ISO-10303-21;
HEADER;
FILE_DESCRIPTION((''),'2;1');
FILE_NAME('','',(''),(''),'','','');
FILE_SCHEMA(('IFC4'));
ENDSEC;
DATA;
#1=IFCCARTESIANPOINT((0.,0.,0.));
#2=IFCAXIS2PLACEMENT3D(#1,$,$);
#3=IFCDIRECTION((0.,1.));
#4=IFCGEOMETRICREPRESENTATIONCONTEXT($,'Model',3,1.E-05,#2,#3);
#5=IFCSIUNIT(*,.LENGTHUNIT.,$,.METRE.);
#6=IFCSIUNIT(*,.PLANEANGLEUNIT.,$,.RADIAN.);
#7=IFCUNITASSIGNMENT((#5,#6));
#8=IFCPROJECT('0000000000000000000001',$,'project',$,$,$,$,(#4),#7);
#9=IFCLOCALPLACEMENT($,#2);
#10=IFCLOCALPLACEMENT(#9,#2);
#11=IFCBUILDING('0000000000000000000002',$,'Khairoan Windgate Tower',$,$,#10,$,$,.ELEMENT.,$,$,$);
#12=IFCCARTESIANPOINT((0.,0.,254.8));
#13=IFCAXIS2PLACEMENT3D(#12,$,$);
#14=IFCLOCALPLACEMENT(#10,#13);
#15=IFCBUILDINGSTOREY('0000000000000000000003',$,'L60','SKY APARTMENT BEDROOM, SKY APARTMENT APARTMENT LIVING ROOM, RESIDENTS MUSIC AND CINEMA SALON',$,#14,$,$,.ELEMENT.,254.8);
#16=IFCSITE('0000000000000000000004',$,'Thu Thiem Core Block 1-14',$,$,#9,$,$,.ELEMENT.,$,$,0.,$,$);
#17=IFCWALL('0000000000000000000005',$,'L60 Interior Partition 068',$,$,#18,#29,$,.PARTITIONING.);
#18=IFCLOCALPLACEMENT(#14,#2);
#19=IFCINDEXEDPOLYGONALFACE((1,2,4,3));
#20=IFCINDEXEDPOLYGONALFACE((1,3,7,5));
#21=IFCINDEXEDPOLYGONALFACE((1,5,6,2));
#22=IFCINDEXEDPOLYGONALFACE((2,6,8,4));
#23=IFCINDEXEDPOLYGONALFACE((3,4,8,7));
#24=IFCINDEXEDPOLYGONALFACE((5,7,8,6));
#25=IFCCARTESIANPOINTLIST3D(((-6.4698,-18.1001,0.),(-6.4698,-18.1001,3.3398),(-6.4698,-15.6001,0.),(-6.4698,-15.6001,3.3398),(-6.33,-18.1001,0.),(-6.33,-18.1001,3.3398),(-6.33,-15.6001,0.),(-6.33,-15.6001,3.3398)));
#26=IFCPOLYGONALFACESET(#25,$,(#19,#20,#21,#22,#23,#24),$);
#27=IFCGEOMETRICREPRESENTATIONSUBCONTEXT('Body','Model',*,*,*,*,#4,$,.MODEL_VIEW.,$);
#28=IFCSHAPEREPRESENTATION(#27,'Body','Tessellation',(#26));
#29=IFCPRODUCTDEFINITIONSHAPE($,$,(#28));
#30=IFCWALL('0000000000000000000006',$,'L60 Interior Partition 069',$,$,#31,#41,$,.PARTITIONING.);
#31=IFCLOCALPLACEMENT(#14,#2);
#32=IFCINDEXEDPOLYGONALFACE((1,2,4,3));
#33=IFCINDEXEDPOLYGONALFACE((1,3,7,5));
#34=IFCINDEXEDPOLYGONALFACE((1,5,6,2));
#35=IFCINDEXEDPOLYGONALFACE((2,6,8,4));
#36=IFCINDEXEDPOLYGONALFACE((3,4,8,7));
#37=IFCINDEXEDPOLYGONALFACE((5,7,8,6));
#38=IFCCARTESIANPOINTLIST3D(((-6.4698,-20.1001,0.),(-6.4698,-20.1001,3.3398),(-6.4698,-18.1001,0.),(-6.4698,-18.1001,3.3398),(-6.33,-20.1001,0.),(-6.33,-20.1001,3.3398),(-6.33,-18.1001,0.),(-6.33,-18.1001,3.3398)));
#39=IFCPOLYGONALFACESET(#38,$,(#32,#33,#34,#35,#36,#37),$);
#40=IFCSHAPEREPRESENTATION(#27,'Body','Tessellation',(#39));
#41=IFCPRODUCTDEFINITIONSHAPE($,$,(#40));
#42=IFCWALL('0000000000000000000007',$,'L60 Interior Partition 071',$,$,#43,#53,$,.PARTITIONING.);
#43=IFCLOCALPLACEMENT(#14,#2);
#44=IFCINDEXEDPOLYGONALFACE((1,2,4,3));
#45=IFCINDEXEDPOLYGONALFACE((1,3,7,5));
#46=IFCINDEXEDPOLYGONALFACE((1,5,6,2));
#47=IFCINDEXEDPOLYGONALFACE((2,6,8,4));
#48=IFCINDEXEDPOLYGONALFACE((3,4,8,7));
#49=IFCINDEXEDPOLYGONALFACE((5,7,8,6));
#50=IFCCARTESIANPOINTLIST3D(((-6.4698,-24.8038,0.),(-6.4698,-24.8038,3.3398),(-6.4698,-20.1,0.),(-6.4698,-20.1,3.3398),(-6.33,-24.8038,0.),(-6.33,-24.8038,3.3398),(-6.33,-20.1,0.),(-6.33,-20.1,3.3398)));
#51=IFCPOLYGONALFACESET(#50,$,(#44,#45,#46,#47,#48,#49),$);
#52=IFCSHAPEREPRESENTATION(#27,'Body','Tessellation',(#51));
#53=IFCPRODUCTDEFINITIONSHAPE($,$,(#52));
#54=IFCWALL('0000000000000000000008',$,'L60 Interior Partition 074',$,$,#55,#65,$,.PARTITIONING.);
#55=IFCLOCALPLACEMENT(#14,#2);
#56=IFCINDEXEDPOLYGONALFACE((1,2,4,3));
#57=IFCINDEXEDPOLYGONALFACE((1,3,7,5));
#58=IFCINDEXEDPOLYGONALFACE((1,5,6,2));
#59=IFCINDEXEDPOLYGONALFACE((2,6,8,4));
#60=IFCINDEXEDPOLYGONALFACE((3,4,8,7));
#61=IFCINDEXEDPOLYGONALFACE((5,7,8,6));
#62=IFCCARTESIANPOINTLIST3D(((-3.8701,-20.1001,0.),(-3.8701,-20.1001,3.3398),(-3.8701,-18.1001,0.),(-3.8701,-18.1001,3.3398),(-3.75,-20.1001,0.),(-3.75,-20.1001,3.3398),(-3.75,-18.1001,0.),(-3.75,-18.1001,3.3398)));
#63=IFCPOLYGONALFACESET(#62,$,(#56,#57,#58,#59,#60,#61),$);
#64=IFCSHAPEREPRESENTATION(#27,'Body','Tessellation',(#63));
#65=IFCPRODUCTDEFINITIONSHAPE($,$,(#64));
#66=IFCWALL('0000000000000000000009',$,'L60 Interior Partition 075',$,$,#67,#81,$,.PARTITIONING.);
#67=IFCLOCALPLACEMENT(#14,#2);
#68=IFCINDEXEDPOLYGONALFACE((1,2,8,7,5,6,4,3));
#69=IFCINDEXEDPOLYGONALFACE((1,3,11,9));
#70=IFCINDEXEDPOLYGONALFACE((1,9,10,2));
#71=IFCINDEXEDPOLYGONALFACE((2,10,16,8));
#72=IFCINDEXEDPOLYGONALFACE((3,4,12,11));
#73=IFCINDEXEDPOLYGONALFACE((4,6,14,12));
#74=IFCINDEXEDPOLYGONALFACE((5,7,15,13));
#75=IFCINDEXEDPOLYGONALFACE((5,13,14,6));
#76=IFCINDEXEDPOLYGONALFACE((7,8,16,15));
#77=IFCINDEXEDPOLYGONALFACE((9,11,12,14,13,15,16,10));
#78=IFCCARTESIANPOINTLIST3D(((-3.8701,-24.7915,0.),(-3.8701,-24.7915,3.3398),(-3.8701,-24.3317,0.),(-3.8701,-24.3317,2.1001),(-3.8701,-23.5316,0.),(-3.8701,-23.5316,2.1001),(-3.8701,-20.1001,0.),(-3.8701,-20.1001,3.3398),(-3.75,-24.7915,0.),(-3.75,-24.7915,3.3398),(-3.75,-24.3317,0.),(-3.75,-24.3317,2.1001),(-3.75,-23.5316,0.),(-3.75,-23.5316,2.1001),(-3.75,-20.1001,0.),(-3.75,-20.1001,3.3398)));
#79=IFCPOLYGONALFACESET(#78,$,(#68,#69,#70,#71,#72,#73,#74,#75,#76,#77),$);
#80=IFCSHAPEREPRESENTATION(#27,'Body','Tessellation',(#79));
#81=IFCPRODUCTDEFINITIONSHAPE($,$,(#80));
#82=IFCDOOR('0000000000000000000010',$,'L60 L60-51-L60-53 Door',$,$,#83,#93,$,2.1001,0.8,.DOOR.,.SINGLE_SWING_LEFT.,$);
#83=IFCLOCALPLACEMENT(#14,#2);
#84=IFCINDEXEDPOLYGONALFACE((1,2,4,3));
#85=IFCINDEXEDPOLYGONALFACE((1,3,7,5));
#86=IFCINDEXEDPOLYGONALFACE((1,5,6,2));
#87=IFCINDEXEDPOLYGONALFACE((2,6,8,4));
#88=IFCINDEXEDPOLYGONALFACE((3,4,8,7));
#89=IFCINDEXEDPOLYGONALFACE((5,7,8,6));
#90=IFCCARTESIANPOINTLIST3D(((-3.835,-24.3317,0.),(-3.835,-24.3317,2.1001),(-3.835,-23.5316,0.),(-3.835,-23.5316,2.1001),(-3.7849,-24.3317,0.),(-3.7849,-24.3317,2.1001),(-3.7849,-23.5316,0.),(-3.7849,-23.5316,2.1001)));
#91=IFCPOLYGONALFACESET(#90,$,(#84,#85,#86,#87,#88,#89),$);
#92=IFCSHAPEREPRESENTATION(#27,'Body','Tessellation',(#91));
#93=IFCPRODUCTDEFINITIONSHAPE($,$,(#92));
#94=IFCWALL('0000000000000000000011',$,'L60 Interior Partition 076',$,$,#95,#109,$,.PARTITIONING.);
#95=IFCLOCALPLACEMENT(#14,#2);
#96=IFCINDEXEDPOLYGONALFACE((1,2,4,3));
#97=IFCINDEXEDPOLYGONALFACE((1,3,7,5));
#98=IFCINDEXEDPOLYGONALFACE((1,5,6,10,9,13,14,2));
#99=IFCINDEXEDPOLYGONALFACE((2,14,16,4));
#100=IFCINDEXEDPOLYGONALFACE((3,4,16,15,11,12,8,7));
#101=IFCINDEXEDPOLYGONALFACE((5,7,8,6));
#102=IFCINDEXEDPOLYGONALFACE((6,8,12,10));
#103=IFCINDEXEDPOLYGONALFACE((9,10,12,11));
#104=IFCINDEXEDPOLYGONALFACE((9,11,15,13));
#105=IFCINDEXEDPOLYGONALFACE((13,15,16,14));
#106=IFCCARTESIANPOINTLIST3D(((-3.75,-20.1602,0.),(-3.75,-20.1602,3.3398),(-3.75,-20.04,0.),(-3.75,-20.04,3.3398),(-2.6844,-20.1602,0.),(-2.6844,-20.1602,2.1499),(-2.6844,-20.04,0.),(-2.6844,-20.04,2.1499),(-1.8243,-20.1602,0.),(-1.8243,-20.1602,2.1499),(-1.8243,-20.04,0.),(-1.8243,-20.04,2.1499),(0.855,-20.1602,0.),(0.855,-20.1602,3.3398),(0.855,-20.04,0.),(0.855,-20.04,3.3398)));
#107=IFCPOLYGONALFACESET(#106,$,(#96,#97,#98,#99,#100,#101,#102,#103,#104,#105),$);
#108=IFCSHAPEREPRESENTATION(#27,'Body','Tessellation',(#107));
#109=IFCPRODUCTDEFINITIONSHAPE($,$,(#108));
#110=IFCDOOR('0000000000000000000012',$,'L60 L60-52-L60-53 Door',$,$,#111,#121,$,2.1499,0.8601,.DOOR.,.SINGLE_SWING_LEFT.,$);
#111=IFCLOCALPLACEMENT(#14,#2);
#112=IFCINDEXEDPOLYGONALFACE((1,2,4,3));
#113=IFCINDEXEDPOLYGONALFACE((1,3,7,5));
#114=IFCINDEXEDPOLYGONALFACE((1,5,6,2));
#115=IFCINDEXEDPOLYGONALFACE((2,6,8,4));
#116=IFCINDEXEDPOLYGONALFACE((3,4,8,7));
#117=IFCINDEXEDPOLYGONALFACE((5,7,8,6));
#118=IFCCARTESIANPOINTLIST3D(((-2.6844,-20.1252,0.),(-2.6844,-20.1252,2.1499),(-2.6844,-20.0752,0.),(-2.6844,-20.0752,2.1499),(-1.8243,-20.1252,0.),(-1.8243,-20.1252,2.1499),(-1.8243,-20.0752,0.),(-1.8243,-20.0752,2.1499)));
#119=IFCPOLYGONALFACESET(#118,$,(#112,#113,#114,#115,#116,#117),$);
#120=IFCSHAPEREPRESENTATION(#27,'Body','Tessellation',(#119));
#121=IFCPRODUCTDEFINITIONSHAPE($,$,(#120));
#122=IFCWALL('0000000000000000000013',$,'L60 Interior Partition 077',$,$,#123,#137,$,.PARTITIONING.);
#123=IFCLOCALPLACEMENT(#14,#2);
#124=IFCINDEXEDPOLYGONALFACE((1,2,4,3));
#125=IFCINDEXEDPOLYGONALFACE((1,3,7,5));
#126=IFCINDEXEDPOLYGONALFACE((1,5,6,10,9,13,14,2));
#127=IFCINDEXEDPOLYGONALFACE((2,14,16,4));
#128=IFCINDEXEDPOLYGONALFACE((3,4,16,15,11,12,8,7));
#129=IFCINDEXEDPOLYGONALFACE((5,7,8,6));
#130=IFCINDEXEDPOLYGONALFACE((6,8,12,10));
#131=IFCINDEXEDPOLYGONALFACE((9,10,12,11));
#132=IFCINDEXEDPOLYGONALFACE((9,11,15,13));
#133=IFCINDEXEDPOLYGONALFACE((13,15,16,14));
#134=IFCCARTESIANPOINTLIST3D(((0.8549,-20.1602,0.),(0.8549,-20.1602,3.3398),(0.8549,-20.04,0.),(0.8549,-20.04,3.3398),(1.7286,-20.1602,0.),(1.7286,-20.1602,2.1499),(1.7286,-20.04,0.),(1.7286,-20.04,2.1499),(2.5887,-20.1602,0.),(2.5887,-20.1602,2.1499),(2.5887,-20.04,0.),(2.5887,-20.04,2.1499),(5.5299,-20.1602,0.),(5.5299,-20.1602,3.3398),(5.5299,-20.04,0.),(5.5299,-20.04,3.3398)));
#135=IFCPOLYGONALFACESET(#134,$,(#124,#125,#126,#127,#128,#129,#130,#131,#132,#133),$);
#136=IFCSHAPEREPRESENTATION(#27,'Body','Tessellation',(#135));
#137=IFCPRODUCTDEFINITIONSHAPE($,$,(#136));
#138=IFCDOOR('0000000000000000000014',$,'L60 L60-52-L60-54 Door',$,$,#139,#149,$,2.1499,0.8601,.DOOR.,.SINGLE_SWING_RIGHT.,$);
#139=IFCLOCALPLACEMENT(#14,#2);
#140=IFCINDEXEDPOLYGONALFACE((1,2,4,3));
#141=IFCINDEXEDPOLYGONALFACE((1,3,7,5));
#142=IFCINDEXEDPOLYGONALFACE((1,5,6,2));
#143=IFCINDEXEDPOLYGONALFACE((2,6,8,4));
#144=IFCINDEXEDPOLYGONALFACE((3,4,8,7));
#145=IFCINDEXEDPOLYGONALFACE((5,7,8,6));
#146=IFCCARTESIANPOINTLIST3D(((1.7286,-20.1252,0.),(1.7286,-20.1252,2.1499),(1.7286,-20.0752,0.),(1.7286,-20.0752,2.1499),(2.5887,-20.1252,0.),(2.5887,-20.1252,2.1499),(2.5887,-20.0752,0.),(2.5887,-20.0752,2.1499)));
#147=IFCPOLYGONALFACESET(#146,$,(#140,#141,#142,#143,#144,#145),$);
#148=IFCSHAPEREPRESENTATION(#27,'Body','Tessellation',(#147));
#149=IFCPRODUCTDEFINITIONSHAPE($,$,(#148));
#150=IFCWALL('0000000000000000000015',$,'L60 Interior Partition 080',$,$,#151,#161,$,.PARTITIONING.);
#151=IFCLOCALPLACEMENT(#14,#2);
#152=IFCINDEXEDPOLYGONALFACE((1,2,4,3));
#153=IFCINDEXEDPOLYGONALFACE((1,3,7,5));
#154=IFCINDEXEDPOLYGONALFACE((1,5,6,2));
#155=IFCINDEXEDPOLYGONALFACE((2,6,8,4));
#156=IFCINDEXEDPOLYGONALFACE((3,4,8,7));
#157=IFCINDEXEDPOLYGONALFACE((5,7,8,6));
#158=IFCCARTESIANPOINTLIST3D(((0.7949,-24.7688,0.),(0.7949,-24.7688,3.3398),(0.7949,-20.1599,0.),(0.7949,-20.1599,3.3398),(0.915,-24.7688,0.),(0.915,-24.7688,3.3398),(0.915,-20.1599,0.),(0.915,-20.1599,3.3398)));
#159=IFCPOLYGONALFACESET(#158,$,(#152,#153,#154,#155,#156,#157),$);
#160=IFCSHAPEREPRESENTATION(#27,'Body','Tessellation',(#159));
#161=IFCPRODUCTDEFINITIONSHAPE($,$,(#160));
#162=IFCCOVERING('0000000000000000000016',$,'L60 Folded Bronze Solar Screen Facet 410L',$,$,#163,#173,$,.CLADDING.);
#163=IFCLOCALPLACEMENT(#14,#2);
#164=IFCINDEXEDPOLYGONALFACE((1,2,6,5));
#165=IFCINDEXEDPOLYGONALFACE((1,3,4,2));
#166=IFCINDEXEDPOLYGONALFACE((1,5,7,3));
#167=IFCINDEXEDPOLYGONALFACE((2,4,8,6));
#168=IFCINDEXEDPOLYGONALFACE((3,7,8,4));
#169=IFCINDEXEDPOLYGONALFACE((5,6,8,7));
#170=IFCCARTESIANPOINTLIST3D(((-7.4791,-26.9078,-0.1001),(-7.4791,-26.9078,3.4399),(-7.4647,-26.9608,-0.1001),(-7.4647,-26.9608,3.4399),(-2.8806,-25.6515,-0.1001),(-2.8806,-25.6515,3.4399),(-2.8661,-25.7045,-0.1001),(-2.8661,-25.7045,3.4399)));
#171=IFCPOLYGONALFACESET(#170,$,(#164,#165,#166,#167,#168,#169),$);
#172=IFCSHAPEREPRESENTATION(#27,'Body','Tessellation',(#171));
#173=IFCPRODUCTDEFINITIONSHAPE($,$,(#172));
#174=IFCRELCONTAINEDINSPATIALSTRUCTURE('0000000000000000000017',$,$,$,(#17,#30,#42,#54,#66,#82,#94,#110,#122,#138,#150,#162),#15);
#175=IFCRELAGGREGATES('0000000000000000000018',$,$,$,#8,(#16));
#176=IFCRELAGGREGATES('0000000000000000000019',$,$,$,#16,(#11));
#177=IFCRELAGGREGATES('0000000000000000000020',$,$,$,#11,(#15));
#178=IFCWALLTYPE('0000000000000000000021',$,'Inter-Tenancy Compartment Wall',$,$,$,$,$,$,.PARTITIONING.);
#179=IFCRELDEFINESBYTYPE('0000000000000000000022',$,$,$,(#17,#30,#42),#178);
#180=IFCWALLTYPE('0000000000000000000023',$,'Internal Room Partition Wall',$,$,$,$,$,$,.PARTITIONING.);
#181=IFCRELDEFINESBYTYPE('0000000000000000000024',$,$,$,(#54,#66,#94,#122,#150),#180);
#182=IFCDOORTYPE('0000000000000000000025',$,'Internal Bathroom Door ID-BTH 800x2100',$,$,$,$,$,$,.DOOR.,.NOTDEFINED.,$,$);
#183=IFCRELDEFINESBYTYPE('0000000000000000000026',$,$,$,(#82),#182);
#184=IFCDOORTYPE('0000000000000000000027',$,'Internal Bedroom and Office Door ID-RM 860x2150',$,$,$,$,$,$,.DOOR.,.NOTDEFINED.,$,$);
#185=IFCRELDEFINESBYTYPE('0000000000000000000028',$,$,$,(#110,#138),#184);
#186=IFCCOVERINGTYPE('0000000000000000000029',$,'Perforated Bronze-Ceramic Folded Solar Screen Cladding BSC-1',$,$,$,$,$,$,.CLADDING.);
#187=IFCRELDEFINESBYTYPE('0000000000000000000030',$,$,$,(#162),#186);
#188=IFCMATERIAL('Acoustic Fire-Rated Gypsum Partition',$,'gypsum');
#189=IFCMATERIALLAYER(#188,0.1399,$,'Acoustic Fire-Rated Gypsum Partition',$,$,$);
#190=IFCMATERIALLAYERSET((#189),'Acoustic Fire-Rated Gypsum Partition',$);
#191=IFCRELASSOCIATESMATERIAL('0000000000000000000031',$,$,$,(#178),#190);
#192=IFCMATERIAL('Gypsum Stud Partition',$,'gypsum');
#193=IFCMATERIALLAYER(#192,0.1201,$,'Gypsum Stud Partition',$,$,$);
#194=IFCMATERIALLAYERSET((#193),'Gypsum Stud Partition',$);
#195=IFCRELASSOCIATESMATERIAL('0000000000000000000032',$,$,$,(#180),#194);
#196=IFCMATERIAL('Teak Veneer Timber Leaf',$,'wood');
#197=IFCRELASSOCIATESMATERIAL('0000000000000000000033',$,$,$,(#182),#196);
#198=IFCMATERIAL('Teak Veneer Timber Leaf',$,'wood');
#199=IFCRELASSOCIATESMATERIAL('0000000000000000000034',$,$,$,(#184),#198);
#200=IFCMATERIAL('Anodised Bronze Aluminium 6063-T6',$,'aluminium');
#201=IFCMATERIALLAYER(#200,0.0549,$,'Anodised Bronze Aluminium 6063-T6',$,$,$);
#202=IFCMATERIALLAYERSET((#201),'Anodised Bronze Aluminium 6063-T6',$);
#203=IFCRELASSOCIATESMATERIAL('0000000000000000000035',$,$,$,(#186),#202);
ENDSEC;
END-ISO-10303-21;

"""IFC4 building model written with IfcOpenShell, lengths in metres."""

from ifc_helpers import new_model, si_unit, direction, frame, frame_2d, origin, origin_2d, place, context, subcontext, project, spatial, rectangle, extrude, material, layer, layer_set, type_object, element, fill, save


model = new_model("IFC4")

# Units and contexts
model_context = context("Model", 3, precision=1e-05, world=origin(), true_north=direction((0.0, 1.0)))
body_context = subcontext(model_context, "Body", "Model", "MODEL_VIEW")
ifc_project = project(units=[si_unit("LENGTHUNIT", "METRE"), si_unit("PLANEANGLEUNIT", "RADIAN")], contexts=[model_context])

# Site, building, storey
site_placement = place(None, origin())
site = spatial("IfcSite", under=ifc_project, at=site_placement, Name="Thu Thiem Core Block 1-14", CompositionType="ELEMENT", RefElevation=0.0)
building_placement = place(site_placement, origin())
building = spatial("IfcBuilding", under=site, at=building_placement, Name="Khairoan Windgate Tower", CompositionType="ELEMENT")
storey_placement = place(building_placement, frame((0.0, 0.0, 254.8)))
storey = spatial("IfcBuildingStorey", under=building, at=storey_placement, Name="L60", Description="SKY APARTMENT BEDROOM, SKY APARTMENT APARTMENT LIVING ROOM, RESIDENTS MUSIC AND CINEMA SALON", CompositionType="ELEMENT", Elevation=254.8)

# Walls
ifc_material_1 = material(Name="Acoustic Fire-Rated Gypsum Partition", Category="gypsum")
ifc_layer_1 = layer(ifc_material_1, 0.1399, Name="Acoustic Fire-Rated Gypsum Partition")
ifc_layer_set_1 = layer_set([ifc_layer_1], Name="Acoustic Fire-Rated Gypsum Partition")
wall_type_1 = type_object("IfcWallType", Name="Inter-Tenancy Compartment Wall", PredefinedType="PARTITIONING", material=ifc_layer_set_1)
wall_1_placement = place(storey_placement, frame((-6.3999, -18.1001, 0.0), z_axis=(0.0, 0.0, 1.0), x_axis=(0.0, 1.0, 0.0)))
element("IfcWall", 1, at=wall_1_placement, inside=storey, type_object=wall_type_1, Name="L60 Interior Partition 068", PredefinedType="PARTITIONING", context=body_context, shape_type="SweptSolid", body=[
    extrude(rectangle(XDim=2.5, YDim=0.1399, at=frame_2d((1.25, 0.0))), origin(), (0.0, 0.0, 1.0), 3.3398),
])
wall_2_placement = place(storey_placement, frame((-6.3999, -20.1001, 0.0), z_axis=(0.0, 0.0, 1.0), x_axis=(0.0, 1.0, 0.0)))
element("IfcWall", 2, at=wall_2_placement, inside=storey, type_object=wall_type_1, Name="L60 Interior Partition 069", PredefinedType="PARTITIONING", context=body_context, shape_type="SweptSolid", body=[
    extrude(rectangle(XDim=2.0, YDim=0.1399, at=frame_2d((1.0, 0.0))), origin(), (0.0, 0.0, 1.0), 3.3398),
])
wall_3_placement = place(storey_placement, frame((-6.3999, -24.804, 0.0), z_axis=(0.0, 0.0, 1.0), x_axis=(0.0, 1.0, 0.0)))
element("IfcWall", 3, at=wall_3_placement, inside=storey, type_object=wall_type_1, Name="L60 Interior Partition 071", PredefinedType="PARTITIONING", context=body_context, shape_type="SweptSolid", body=[
    extrude(rectangle(XDim=4.7039, YDim=0.1399, at=frame_2d((2.3521, 0.0))), origin(), (0.0, 0.0, 1.0), 3.3398),
])
ifc_material_2 = material(Name="Gypsum Stud Partition", Category="gypsum")
ifc_layer_2 = layer(ifc_material_2, 0.1201, Name="Gypsum Stud Partition")
ifc_layer_set_2 = layer_set([ifc_layer_2], Name="Gypsum Stud Partition")
wall_type_2 = type_object("IfcWallType", Name="Internal Room Partition Wall", PredefinedType="PARTITIONING", material=ifc_layer_set_2)
wall_4_placement = place(storey_placement, frame((-3.8101, -20.1001, 0.0), z_axis=(0.0, 0.0, 1.0), x_axis=(0.0, 1.0, 0.0)))
element("IfcWall", 4, at=wall_4_placement, inside=storey, type_object=wall_type_2, Name="L60 Interior Partition 074", PredefinedType="PARTITIONING", context=body_context, shape_type="SweptSolid", body=[
    extrude(rectangle(XDim=2.0, YDim=0.1201, at=frame_2d((1.0, 0.0))), origin(), (0.0, 0.0, 1.0), 3.3398),
])

# Walls, openings, doors
wall_5_placement = place(storey_placement, frame((-3.8101, -24.7915, 0.0), z_axis=(0.0, 0.0, 1.0), x_axis=(0.0, 1.0, 0.0)))
wall_5 = element("IfcWall", 5, at=wall_5_placement, inside=storey, type_object=wall_type_2, Name="L60 Interior Partition 075", PredefinedType="PARTITIONING", context=body_context, shape_type="SweptSolid", body=[
    extrude(rectangle(XDim=4.6914, YDim=0.1201, at=frame_2d((2.3457, 0.0))), origin(), (0.0, 0.0, 1.0), 3.3398),
])
opening_1_placement = place(wall_5_placement, frame((0.46, 0.0, 0.0)))
opening_1 = element("IfcOpeningElement", 6, at=opening_1_placement, cuts=wall_5, PredefinedType="OPENING", context=body_context, shape_type="SweptSolid", body=[
    extrude(rectangle(XDim=0.8, YDim=2.1001, at=frame_2d((0.3999, 1.05))), frame((0.0, 0.0701, 0.0), z_axis=(0.0, -1.0, 0.0), x_axis=(1.0, 0.0, 0.0)), (0.0, 0.0, 1.0), 0.1401),
])
ifc_material_3 = material(Name="Teak Veneer Timber Leaf", Category="wood")
door_type_1 = type_object("IfcDoorType", Name="Internal Bathroom Door ID-BTH 800x2100", OperationType="NOTDEFINED", PredefinedType="DOOR", material=ifc_material_3)
door_1_placement = place(opening_1_placement, origin())
door_1 = element("IfcDoor", 7, at=door_1_placement, inside=storey, type_object=door_type_1, Name="L60 L60-51-L60-53 Door", OperationType="SINGLE_SWING_LEFT", OverallHeight=2.1001, OverallWidth=0.8, PredefinedType="DOOR", context=body_context, shape_type="SweptSolid", body=[
    extrude(rectangle(XDim=0.8, YDim=2.1001, at=frame_2d((0.3999, 1.05))), frame((0.0, 0.0249, 0.0), z_axis=(0.0, -1.0, 0.0), x_axis=(1.0, 0.0, 0.0)), (0.0, 0.0, 1.0), 0.05),
])
fill(opening_1, door_1)
wall_6_placement = place(storey_placement, frame((-3.75, -20.1001, 0.0), z_axis=(0.0, 0.0, 1.0), x_axis=(1.0, 0.0, 0.0)))
wall_6 = element("IfcWall", 8, at=wall_6_placement, inside=storey, type_object=wall_type_2, Name="L60 Interior Partition 076", PredefinedType="PARTITIONING", context=body_context, shape_type="SweptSolid", body=[
    extrude(rectangle(XDim=4.605, YDim=0.1201, at=frame_2d((2.3025, 0.0))), origin(), (0.0, 0.0, 1.0), 3.3398),
])
opening_2_placement = place(wall_6_placement, frame((1.0654, 0.0, 0.0)))
opening_2 = element("IfcOpeningElement", 9, at=opening_2_placement, cuts=wall_6, PredefinedType="OPENING", context=body_context, shape_type="SweptSolid", body=[
    extrude(rectangle(XDim=0.8601, YDim=2.1499, at=frame_2d((0.4302, 1.075))), frame((0.0, 0.0701, 0.0), z_axis=(0.0, -1.0, 0.0), x_axis=(1.0, 0.0, 0.0)), (0.0, 0.0, 1.0), 0.1401),
])
ifc_material_4 = material(Name="Teak Veneer Timber Leaf", Category="wood")
door_type_2 = type_object("IfcDoorType", Name="Internal Bedroom and Office Door ID-RM 860x2150", OperationType="NOTDEFINED", PredefinedType="DOOR", material=ifc_material_4)
door_2_placement = place(opening_2_placement, origin())
door_2 = element("IfcDoor", 10, at=door_2_placement, inside=storey, type_object=door_type_2, Name="L60 L60-52-L60-53 Door", OperationType="SINGLE_SWING_LEFT", OverallHeight=2.1499, OverallWidth=0.8601, PredefinedType="DOOR", context=body_context, shape_type="SweptSolid", body=[
    extrude(rectangle(XDim=0.8601, YDim=2.1499, at=frame_2d((0.4302, 1.075))), frame((0.0, 0.0249, 0.0), z_axis=(0.0, -1.0, 0.0), x_axis=(1.0, 0.0, 0.0)), (0.0, 0.0, 1.0), 0.05),
])
fill(opening_2, door_2)
wall_7_placement = place(storey_placement, frame((0.855, -20.1001, 0.0), z_axis=(0.0, 0.0, 1.0), x_axis=(1.0, 0.0, 0.0)))
wall_7 = element("IfcWall", 11, at=wall_7_placement, inside=storey, type_object=wall_type_2, Name="L60 Interior Partition 077", PredefinedType="PARTITIONING", context=body_context, shape_type="SweptSolid", body=[
    extrude(rectangle(XDim=4.675, YDim=0.1201, at=frame_2d((2.3374, 0.0))), origin(), (0.0, 0.0, 1.0), 3.3398),
])
opening_3_placement = place(wall_7_placement, frame((0.8735, 0.0, 0.0)))
opening_3 = element("IfcOpeningElement", 12, at=opening_3_placement, cuts=wall_7, PredefinedType="OPENING", context=body_context, shape_type="SweptSolid", body=[
    extrude(rectangle(XDim=0.8601, YDim=2.1499, at=frame_2d((0.4302, 1.075))), frame((0.0, 0.0701, 0.0), z_axis=(0.0, -1.0, 0.0), x_axis=(1.0, 0.0, 0.0)), (0.0, 0.0, 1.0), 0.1401),
])
door_3_placement = place(opening_3_placement, origin())
door_3 = element("IfcDoor", 13, at=door_3_placement, inside=storey, type_object=door_type_2, Name="L60 L60-52-L60-54 Door", OperationType="SINGLE_SWING_RIGHT", OverallHeight=2.1499, OverallWidth=0.8601, PredefinedType="DOOR", context=body_context, shape_type="SweptSolid", body=[
    extrude(rectangle(XDim=0.8601, YDim=2.1499, at=frame_2d((0.4302, 1.075))), frame((0.0, 0.0249, 0.0), z_axis=(0.0, -1.0, 0.0), x_axis=(1.0, 0.0, 0.0)), (0.0, 0.0, 1.0), 0.05),
])
fill(opening_3, door_3)

# Wall
wall_8_placement = place(storey_placement, frame((0.855, -24.7688, 0.0), z_axis=(0.0, 0.0, 1.0), x_axis=(0.0, 1.0, 0.0)))
element("IfcWall", 14, at=wall_8_placement, inside=storey, type_object=wall_type_2, Name="L60 Interior Partition 080", PredefinedType="PARTITIONING", context=body_context, shape_type="SweptSolid", body=[
    extrude(rectangle(XDim=4.6089, YDim=0.1201, at=frame_2d((2.3044, 0.0))), origin(), (0.0, 0.0, 1.0), 3.3398),
])

# Covering
ifc_material_5 = material(Name="Anodised Bronze Aluminium 6063-T6", Category="aluminium")
ifc_layer_3 = layer(ifc_material_5, 0.0549, Name="Anodised Bronze Aluminium 6063-T6")
ifc_layer_set_3 = layer_set([ifc_layer_3], Name="Anodised Bronze Aluminium 6063-T6")
covering_type = type_object("IfcCoveringType", Name="Perforated Bronze-Ceramic Folded Solar Screen Cladding BSC-1", PredefinedType="CLADDING", material=ifc_layer_set_3)
covering_placement = place(storey_placement, frame((-5.1726, -26.3062, -0.1001), z_axis=(0.0, 0.0, 1.0), x_axis=(-0.964649, -0.263536, 0.0)))
element("IfcCovering", 15, at=covering_placement, inside=storey, type_object=covering_type, Name="L60 Folded Bronze Solar Screen Facet 410L", PredefinedType="CLADDING", context=body_context, shape_type="SweptSolid", body=[
    extrude(rectangle(XDim=4.7671, YDim=0.0549, at=origin_2d()), origin(), (0.0, 0.0, 1.0), 3.54),
])

save(model, "model.ifc")
